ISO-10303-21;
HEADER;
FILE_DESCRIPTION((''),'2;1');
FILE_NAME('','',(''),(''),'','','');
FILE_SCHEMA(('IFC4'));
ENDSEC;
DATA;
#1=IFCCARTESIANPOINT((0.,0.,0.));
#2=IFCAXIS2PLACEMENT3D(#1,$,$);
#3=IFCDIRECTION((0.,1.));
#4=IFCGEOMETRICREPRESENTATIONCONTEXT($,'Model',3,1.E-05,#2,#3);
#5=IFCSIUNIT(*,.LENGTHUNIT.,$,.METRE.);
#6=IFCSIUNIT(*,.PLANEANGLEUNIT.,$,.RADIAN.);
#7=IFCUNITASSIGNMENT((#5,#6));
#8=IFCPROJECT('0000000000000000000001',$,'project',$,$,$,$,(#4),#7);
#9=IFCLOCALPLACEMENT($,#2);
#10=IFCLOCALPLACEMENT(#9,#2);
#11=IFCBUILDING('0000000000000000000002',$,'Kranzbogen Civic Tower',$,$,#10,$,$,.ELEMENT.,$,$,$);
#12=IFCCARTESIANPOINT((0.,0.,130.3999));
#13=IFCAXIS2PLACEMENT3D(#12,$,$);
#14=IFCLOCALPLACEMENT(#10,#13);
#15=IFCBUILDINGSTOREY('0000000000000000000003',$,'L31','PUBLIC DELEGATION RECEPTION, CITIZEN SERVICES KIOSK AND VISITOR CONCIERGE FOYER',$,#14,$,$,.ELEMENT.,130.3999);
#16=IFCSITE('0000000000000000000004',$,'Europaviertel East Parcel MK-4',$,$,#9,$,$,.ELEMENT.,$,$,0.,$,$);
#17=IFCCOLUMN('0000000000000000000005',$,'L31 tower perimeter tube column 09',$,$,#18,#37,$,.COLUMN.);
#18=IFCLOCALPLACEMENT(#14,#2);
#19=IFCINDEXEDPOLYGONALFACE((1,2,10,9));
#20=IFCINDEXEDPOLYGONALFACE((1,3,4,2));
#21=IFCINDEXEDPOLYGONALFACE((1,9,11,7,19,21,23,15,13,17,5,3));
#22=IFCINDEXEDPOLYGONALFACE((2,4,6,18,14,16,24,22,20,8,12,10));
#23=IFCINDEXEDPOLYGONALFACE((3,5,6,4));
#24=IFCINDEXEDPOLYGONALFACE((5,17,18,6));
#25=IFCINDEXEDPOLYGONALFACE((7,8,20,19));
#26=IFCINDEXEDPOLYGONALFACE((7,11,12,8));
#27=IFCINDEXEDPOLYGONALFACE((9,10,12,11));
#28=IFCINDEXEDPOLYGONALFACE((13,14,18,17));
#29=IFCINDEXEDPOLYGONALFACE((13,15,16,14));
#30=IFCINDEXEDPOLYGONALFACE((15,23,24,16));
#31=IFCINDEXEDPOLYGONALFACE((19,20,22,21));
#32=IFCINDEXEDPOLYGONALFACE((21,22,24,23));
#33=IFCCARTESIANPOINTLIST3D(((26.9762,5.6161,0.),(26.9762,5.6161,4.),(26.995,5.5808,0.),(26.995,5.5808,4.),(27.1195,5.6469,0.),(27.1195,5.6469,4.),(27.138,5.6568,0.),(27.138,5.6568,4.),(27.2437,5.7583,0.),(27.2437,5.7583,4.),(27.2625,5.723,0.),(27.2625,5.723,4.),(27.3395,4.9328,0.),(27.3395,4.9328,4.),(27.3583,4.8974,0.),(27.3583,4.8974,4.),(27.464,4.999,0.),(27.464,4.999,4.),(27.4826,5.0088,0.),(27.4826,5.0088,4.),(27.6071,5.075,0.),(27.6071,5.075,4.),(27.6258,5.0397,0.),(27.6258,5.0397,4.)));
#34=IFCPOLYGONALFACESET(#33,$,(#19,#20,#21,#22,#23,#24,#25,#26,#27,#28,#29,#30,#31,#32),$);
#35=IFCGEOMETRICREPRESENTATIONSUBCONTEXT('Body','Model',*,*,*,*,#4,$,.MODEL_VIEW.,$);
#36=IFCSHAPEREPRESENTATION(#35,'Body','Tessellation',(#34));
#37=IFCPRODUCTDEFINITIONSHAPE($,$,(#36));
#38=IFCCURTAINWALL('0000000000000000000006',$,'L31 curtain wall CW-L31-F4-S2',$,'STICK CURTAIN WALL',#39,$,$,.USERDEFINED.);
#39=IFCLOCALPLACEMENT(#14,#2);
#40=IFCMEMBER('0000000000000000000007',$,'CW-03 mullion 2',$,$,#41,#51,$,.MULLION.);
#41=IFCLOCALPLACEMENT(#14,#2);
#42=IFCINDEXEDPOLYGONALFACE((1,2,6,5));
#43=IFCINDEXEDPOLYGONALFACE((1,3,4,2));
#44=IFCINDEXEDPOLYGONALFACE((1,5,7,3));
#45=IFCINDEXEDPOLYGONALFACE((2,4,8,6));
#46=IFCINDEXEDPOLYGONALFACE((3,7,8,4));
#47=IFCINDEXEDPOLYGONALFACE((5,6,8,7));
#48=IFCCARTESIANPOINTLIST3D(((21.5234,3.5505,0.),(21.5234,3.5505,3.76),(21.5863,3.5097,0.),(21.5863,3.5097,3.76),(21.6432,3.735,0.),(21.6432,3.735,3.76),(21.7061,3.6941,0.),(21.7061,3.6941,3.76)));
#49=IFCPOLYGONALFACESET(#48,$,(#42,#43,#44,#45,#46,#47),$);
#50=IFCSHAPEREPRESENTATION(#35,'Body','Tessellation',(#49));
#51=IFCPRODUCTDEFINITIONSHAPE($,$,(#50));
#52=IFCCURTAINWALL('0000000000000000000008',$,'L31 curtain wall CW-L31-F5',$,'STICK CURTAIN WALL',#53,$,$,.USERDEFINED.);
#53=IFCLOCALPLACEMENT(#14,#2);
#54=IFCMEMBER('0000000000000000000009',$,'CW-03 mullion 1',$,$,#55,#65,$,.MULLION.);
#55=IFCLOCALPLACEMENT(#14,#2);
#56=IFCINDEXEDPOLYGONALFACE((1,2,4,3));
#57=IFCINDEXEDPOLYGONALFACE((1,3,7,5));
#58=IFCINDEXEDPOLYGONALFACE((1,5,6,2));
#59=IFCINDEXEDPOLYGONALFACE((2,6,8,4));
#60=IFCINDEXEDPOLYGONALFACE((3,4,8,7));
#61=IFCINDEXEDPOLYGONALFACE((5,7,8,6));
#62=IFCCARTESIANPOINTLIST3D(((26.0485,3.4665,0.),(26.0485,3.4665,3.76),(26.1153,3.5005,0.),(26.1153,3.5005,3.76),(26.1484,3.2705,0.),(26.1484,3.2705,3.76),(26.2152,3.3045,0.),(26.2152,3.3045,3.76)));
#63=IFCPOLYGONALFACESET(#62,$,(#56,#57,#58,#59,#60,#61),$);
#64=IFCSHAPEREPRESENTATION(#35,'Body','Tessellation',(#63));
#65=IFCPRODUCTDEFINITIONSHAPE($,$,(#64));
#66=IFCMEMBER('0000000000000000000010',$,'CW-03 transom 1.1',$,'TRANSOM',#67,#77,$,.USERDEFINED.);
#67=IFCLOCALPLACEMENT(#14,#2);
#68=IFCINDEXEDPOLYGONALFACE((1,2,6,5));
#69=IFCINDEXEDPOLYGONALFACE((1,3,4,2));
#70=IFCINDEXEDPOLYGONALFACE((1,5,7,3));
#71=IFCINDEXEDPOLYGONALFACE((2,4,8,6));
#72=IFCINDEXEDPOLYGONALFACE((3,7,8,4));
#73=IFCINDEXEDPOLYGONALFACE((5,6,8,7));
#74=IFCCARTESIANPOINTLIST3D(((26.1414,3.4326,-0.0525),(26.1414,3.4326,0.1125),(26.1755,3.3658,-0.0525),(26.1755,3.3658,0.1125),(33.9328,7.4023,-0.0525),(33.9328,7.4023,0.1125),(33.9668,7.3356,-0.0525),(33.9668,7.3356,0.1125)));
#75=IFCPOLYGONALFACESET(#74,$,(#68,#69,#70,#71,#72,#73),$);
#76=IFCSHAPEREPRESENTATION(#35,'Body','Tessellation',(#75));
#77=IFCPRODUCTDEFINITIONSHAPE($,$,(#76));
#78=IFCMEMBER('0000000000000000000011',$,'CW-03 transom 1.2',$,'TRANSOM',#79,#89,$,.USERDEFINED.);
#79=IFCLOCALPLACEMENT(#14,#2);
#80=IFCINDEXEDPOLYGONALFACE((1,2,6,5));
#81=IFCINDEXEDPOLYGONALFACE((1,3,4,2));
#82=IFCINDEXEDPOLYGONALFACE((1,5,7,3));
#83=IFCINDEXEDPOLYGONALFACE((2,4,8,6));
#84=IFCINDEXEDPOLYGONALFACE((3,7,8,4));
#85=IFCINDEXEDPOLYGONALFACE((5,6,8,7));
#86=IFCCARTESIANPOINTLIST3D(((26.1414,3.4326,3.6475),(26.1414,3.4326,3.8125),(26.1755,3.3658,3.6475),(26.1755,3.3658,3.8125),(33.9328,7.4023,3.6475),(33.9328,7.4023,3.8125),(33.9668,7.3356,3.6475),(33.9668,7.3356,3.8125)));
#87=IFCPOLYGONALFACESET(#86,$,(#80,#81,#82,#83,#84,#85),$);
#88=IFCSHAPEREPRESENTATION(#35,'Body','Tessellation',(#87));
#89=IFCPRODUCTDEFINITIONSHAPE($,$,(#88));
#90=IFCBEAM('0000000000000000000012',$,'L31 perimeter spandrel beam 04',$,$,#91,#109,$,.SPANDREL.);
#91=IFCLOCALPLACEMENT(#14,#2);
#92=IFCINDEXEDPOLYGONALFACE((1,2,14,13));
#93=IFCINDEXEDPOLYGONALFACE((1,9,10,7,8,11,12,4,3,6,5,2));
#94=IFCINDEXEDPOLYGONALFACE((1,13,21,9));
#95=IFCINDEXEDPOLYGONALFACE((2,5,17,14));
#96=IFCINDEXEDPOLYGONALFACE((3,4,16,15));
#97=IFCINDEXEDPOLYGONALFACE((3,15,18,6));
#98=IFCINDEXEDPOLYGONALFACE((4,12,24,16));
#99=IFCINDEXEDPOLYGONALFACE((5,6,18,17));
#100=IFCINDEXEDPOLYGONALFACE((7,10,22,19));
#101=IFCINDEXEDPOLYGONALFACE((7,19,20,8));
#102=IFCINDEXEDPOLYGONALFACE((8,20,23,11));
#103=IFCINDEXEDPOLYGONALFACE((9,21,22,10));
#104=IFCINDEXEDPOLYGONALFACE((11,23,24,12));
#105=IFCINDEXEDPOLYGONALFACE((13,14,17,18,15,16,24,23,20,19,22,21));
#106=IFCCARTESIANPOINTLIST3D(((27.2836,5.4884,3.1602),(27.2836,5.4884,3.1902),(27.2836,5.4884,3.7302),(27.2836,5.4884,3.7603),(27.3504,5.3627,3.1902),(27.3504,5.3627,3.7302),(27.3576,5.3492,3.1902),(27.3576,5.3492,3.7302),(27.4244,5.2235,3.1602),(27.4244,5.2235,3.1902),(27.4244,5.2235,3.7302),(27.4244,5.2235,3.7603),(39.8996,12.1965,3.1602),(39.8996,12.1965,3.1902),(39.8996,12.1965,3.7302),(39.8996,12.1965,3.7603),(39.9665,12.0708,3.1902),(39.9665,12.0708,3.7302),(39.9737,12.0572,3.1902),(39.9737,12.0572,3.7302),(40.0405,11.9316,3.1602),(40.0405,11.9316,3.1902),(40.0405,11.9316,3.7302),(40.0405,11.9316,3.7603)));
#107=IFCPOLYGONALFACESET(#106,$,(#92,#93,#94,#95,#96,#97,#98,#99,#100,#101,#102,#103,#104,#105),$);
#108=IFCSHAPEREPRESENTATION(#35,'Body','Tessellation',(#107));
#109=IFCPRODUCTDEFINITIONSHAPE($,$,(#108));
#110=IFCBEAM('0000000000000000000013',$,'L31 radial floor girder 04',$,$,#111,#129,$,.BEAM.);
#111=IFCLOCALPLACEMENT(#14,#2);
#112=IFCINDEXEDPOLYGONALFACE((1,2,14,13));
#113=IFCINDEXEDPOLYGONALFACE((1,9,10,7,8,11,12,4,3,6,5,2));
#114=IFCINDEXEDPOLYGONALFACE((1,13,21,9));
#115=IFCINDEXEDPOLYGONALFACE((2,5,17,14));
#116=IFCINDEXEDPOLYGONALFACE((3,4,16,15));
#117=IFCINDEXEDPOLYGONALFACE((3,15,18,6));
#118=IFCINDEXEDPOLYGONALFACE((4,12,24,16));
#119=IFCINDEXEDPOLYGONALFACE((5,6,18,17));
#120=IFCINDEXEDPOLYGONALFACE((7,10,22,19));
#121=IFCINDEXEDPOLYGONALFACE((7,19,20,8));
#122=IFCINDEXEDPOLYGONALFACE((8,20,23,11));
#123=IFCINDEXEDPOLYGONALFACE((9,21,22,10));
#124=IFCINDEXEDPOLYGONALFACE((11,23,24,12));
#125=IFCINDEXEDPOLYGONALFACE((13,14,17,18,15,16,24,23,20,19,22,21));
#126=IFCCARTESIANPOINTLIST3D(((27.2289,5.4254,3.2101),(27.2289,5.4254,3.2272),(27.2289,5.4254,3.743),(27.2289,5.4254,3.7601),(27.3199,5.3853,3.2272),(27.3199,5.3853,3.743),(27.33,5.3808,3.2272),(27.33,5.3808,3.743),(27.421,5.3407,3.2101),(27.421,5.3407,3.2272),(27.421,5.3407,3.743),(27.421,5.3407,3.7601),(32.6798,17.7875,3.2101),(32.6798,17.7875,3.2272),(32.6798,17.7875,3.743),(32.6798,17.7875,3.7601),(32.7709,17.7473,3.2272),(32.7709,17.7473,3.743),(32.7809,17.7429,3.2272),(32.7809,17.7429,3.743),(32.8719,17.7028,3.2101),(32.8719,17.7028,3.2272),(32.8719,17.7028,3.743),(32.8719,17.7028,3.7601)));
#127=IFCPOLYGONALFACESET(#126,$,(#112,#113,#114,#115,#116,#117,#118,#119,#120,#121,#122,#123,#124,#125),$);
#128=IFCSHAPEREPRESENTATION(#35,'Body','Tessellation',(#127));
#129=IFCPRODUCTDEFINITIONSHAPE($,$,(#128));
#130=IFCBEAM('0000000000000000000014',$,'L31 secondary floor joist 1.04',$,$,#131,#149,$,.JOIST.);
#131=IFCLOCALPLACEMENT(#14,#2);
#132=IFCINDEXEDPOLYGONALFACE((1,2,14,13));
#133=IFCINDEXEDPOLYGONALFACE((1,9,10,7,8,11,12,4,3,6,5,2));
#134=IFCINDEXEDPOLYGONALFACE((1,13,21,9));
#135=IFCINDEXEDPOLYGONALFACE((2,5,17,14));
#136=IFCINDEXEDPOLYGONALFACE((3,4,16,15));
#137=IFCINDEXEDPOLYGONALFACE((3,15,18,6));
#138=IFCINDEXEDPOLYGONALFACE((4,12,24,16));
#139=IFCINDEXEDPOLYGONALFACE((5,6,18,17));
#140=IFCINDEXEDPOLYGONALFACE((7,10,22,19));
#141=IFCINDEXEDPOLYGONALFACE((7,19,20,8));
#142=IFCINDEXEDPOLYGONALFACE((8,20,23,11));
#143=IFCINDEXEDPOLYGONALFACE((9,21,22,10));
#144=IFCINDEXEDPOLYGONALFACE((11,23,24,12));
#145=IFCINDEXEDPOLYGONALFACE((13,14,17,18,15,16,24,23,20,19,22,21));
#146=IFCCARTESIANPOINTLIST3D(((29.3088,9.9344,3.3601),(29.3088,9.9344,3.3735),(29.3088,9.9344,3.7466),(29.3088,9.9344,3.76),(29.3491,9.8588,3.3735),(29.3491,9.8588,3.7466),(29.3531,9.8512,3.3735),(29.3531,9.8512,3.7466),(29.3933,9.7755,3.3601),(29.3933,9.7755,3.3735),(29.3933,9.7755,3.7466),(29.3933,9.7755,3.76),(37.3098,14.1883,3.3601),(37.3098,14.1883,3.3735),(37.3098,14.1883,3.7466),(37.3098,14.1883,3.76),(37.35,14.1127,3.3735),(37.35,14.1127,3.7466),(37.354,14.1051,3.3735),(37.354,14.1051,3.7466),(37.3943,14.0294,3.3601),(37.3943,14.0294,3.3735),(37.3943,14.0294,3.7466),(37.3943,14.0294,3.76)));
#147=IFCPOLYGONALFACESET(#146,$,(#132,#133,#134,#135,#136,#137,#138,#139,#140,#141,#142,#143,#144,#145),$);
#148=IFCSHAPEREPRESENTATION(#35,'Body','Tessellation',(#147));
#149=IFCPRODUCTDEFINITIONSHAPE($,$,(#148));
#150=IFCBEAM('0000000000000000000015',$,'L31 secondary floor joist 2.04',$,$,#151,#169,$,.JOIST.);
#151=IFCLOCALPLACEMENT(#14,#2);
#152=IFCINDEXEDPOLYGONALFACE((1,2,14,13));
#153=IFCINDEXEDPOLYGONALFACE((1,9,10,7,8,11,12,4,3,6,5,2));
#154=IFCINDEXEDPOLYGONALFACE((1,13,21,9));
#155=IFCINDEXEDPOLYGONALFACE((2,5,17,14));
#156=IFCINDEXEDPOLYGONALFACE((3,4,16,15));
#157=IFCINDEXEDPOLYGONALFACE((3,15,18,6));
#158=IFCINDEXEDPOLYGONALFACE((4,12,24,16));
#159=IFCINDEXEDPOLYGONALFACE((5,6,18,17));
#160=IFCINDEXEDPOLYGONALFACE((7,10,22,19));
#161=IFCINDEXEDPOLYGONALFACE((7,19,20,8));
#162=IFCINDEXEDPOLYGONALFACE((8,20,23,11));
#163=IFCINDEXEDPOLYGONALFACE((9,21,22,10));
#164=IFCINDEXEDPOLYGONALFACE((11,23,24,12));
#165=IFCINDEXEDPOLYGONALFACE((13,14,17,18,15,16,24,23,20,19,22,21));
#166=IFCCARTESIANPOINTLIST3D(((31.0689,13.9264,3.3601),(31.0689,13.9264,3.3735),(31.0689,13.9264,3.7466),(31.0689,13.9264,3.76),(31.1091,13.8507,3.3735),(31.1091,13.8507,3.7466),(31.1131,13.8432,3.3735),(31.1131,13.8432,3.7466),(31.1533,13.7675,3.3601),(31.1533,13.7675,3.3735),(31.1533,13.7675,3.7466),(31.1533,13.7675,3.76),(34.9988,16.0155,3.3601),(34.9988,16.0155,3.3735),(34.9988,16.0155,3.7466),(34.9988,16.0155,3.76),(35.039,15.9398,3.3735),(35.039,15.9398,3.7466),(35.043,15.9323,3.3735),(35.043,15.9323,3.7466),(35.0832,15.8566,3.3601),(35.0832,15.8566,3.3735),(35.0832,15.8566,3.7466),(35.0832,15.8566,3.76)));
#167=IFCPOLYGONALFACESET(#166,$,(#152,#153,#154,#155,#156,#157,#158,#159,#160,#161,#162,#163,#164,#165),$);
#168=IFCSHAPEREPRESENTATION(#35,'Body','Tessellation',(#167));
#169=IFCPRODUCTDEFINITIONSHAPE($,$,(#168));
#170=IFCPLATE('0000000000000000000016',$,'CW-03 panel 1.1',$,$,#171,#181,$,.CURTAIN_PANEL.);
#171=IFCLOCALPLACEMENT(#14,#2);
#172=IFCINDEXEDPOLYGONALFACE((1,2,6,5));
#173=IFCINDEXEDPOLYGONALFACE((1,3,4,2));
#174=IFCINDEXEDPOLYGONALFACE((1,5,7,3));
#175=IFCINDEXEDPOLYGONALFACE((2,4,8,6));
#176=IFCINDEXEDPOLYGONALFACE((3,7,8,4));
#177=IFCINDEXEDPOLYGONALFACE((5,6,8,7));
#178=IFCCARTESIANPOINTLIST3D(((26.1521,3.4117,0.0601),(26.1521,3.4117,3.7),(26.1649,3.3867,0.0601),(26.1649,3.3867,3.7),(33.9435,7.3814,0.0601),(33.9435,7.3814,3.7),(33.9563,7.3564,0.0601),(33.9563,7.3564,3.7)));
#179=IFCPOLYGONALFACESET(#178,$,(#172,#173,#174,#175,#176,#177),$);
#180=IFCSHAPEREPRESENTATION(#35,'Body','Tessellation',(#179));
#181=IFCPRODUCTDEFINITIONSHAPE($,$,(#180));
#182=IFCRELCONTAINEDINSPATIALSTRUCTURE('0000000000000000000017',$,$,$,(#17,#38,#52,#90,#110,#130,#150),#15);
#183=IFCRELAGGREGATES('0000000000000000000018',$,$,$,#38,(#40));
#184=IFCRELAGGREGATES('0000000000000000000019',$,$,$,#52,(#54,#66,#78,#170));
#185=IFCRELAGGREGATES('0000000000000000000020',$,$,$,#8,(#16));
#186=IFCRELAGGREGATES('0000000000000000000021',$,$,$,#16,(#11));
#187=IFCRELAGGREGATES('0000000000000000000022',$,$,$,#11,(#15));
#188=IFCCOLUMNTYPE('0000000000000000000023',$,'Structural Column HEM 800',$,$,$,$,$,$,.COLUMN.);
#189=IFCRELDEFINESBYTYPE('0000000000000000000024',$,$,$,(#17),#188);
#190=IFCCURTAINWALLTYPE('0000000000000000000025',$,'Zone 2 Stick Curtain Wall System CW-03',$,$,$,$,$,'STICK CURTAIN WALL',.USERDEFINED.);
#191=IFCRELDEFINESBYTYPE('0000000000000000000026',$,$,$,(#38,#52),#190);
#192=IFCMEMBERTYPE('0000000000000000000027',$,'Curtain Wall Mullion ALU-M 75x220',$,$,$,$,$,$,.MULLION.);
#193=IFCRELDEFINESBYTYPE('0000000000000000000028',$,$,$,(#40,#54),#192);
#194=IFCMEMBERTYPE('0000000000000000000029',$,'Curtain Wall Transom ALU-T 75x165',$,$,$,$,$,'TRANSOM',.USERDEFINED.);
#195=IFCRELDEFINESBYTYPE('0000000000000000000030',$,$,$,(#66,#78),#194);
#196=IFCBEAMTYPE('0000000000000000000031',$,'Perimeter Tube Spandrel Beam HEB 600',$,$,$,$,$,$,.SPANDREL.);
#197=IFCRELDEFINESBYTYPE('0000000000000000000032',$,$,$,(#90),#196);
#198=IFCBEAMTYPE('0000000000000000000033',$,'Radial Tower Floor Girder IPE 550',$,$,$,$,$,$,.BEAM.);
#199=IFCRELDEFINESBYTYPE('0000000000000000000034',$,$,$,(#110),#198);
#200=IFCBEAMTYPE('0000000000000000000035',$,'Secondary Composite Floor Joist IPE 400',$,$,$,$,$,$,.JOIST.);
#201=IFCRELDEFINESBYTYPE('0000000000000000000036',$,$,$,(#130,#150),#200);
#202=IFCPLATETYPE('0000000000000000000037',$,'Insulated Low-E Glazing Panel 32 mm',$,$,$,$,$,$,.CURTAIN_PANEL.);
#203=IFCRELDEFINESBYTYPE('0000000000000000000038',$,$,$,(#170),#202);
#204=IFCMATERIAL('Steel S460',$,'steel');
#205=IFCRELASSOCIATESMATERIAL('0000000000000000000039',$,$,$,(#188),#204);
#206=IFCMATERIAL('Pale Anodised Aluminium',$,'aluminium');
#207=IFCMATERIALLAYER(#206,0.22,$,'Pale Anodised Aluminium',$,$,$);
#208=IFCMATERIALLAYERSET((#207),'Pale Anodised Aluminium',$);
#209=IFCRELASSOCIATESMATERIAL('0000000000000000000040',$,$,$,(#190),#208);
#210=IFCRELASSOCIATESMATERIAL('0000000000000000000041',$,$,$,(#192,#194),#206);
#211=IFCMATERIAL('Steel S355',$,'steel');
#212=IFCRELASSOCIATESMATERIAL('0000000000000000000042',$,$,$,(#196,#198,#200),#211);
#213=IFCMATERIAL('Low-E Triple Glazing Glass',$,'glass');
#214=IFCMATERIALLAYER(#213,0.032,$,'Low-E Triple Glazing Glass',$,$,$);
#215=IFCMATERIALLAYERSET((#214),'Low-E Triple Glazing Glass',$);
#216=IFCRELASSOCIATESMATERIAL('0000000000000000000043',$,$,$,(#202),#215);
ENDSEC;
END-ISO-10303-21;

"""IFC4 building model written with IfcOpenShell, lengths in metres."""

from ifc_helpers import new_model, si_unit, direction, frame, origin, origin_2d, place, context, subcontext, project, spatial, rectangle, i_section, extrude, material, layer, layer_set, material_profile, profile_set, type_object, element, aggregate, save


model = new_model("IFC4")

# Units and contexts
model_context = context("Model", 3, precision=1e-05, world=origin(), true_north=direction((0.0, 1.0)))
body_context = subcontext(model_context, "Body", "Model", "MODEL_VIEW")
ifc_project = project(units=[si_unit("LENGTHUNIT", "METRE"), si_unit("PLANEANGLEUNIT", "RADIAN")], contexts=[model_context])

# Site, building, storey
site_placement = place(None, origin())
site = spatial("IfcSite", under=ifc_project, at=site_placement, Name="Europaviertel East Parcel MK-4", CompositionType="ELEMENT", RefElevation=0.0)
building_placement = place(site_placement, origin())
building = spatial("IfcBuilding", under=site, at=building_placement, Name="Kranzbogen Civic Tower", CompositionType="ELEMENT")
storey_placement = place(building_placement, frame((0.0, 0.0, 130.3999)))
storey = spatial("IfcBuildingStorey", under=building, at=storey_placement, Name="L31", Description="PUBLIC DELEGATION RECEPTION, CITIZEN SERVICES KIOSK AND VISITOR CONCIERGE FOYER", CompositionType="ELEMENT", Elevation=130.3999)

# Column
ifc_material_1 = material(Name="Steel S460", Category="steel")
ifc_material_profile_1 = material_profile(ifc_material_1, i_section(OverallWidth=0.303, OverallDepth=0.814, WebThickness=0.021, FlangeThickness=0.04, at=origin_2d()), Name="HEM 800")
ifc_profile_set_1 = profile_set([ifc_material_profile_1], Name="Steel S460")
column_type = type_object("IfcColumnType", Name="Structural Column HEM 800", PredefinedType="COLUMN", material=ifc_profile_set_1)
column_placement = place(storey_placement, frame((27.301, 5.3279, 0.0), z_axis=(0.0, 0.0, 1.0), x_axis=(0.882948, 0.469472, 0.0)))
element("IfcColumn", 1, at=column_placement, inside=storey, type_object=column_type, Name="L31 tower perimeter tube column 09", PredefinedType="COLUMN", context=body_context, shape_type="SweptSolid", body=[
    extrude(i_section(OverallWidth=0.303, OverallDepth=0.814, WebThickness=0.021, FlangeThickness=0.04, at=origin_2d()), origin(), (0.0, 0.0, 1.0), 4.0),
])

# Curtain wall, member
ifc_material_2 = material(Name="Pale Anodised Aluminium", Category="aluminium")
ifc_layer_1 = layer(ifc_material_2, 0.22, Name="Pale Anodised Aluminium")
ifc_layer_set_1 = layer_set([ifc_layer_1], Name="Pale Anodised Aluminium")
curtain_wall_type = type_object("IfcCurtainWallType", Name="Zone 2 Stick Curtain Wall System CW-03", ElementType="STICK CURTAIN WALL", PredefinedType="USERDEFINED", material=ifc_layer_set_1)
curtain_wall_1_placement = place(storey_placement, origin())
curtain_wall_1 = element("IfcCurtainWall", 2, at=curtain_wall_1_placement, inside=storey, type_object=curtain_wall_type, Name="L31 curtain wall CW-L31-F4-S2", ObjectType="STICK CURTAIN WALL", PredefinedType="USERDEFINED")
ifc_material_profile_2 = material_profile(ifc_material_2, rectangle(XDim=0.075, YDim=0.22, at=origin_2d()), Name="ALU-M 75x220")
ifc_profile_set_2 = profile_set([ifc_material_profile_2], Name="Pale Anodised Aluminium")
member_type_1 = type_object("IfcMemberType", Name="Curtain Wall Mullion ALU-M 75x220", PredefinedType="MULLION", material=ifc_profile_set_2)
member_1_placement = place(storey_placement, frame((21.6147, 3.6223, 0.0), z_axis=(0.0, 0.0, 1.0), x_axis=(0.838641, -0.544684, 0.0)))
member_1 = element("IfcMember", 3, at=member_1_placement, type_object=member_type_1, Name="CW-03 mullion 2", PredefinedType="MULLION", context=body_context, shape_type="SweptSolid", body=[
    extrude(rectangle(XDim=0.075, YDim=0.22, at=origin_2d()), origin(), (0.0, 0.0, 1.0), 3.76),
])
aggregate(curtain_wall_1, [member_1])

# Curtain wall, members
curtain_wall_2_placement = place(storey_placement, origin())
curtain_wall_2 = element("IfcCurtainWall", 4, at=curtain_wall_2_placement, inside=storey, type_object=curtain_wall_type, Name="L31 curtain wall CW-L31-F5", ObjectType="STICK CURTAIN WALL", PredefinedType="USERDEFINED")
member_2_placement = place(storey_placement, frame((26.1318, 3.3855, 0.0), z_axis=(0.0, 0.0, 1.0), x_axis=(0.891017, 0.45397, 0.0)))
member_2 = element("IfcMember", 5, at=member_2_placement, type_object=member_type_1, Name="CW-03 mullion 1", PredefinedType="MULLION", context=body_context, shape_type="SweptSolid", body=[
    extrude(rectangle(XDim=0.075, YDim=0.22, at=origin_2d()), origin(), (0.0, 0.0, 1.0), 3.76),
])
ifc_material_profile_3 = material_profile(ifc_material_2, rectangle(XDim=0.075, YDim=0.165, at=origin_2d()), Name="ALU-T 75x165")
ifc_profile_set_3 = profile_set([ifc_material_profile_3], Name="Pale Anodised Aluminium")
member_type_2 = type_object("IfcMemberType", Name="Curtain Wall Transom ALU-T 75x165", ElementType="TRANSOM", PredefinedType="USERDEFINED", material=ifc_profile_set_3)
member_3_placement = place(storey_placement, frame((26.1584, 3.3992, 0.03), z_axis=(0.891012, 0.45398, 0.0), x_axis=(-0.45398, 0.891012, 0.0)))
member_3 = element("IfcMember", 6, at=member_3_placement, type_object=member_type_2, Name="CW-03 transom 1.1", ObjectType="TRANSOM", PredefinedType="USERDEFINED", context=body_context, shape_type="SweptSolid", body=[
    extrude(rectangle(XDim=0.075, YDim=0.165, at=origin_2d()), origin(), (0.0, 0.0, 1.0), 8.7444),
])
member_4_placement = place(storey_placement, frame((26.1584, 3.3992, 3.73), z_axis=(0.891012, 0.45398, 0.0), x_axis=(-0.45398, 0.891012, 0.0)))
member_4 = element("IfcMember", 7, at=member_4_placement, type_object=member_type_2, Name="CW-03 transom 1.2", ObjectType="TRANSOM", PredefinedType="USERDEFINED", context=body_context, shape_type="SweptSolid", body=[
    extrude(rectangle(XDim=0.075, YDim=0.165, at=origin_2d()), origin(), (0.0, 0.0, 1.0), 8.7444),
])

# Beams
ifc_material_3 = material(Name="Steel S355", Category="steel")
ifc_material_profile_4 = material_profile(ifc_material_3, i_section(OverallWidth=0.3, OverallDepth=0.6001, WebThickness=0.0154, FlangeThickness=0.03, at=origin_2d()), Name="HEB 600")
ifc_profile_set_4 = profile_set([ifc_material_profile_4], Name="Steel S355")
beam_type_1 = type_object("IfcBeamType", Name="Perimeter Tube Spandrel Beam HEB 600", PredefinedType="SPANDREL", material=ifc_profile_set_4)
beam_1_placement = place(storey_placement, frame((27.354, 5.356, 3.4602), z_axis=(0.882948, 0.46947, 0.0), x_axis=(-0.46947, 0.882948, 0.0)))
element("IfcBeam", 8, at=beam_1_placement, inside=storey, type_object=beam_type_1, Name="L31 perimeter spandrel beam 04", PredefinedType="SPANDREL", context=body_context, shape_type="SweptSolid", body=[
    extrude(i_section(OverallWidth=0.3, OverallDepth=0.6001, WebThickness=0.0154, FlangeThickness=0.03, at=origin_2d()), origin(), (0.0, 0.0, 1.0), 14.2886),
])
ifc_material_profile_5 = material_profile(ifc_material_3, i_section(OverallWidth=0.21, OverallDepth=0.55, WebThickness=0.011, FlangeThickness=0.0171, at=origin_2d()), Name="IPE 550")
ifc_profile_set_5 = profile_set([ifc_material_profile_5], Name="Steel S355")
beam_type_2 = type_object("IfcBeamType", Name="Radial Tower Floor Girder IPE 550", PredefinedType="BEAM", material=ifc_profile_set_5)
beam_2_placement = place(storey_placement, frame((27.325, 5.3831, 3.4851), z_axis=(0.403459, 0.914998, 0.0), x_axis=(-0.914998, 0.403459, 0.0)))
element("IfcBeam", 9, at=beam_2_placement, inside=storey, type_object=beam_type_2, Name="L31 radial floor girder 04", PredefinedType="BEAM", context=body_context, shape_type="SweptSolid", body=[
    extrude(i_section(OverallWidth=0.21, OverallDepth=0.55, WebThickness=0.011, FlangeThickness=0.0171, at=origin_2d()), origin(), (0.0, 0.0, 1.0), 13.5105),
])
ifc_material_profile_6 = material_profile(ifc_material_3, i_section(OverallWidth=0.1799, OverallDepth=0.3999, WebThickness=0.0085, FlangeThickness=0.0134, at=origin_2d()), Name="IPE 400")
ifc_profile_set_6 = profile_set([ifc_material_profile_6], Name="Steel S355")
beam_type_3 = type_object("IfcBeamType", Name="Secondary Composite Floor Joist IPE 400", PredefinedType="JOIST", material=ifc_profile_set_6)
beam_3_placement = place(storey_placement, frame((29.3511, 9.855, 3.5601), z_axis=(0.882961, 0.469447, 0.0), x_axis=(-0.469447, 0.882961, 0.0)))
element("IfcBeam", 10, at=beam_3_placement, inside=storey, type_object=beam_type_3, Name="L31 secondary floor joist 1.04", PredefinedType="JOIST", context=body_context, shape_type="SweptSolid", body=[
    extrude(i_section(OverallWidth=0.1799, OverallDepth=0.3999, WebThickness=0.0085, FlangeThickness=0.0134, at=origin_2d()), origin(), (0.0, 0.0, 1.0), 9.0615),
])
beam_4_placement = place(storey_placement, frame((31.1111, 13.8469, 3.5601), z_axis=(0.882991, 0.469389, 0.0), x_axis=(-0.469389, 0.882991, 0.0)))
element("IfcBeam", 11, at=beam_4_placement, inside=storey, type_object=beam_type_3, Name="L31 secondary floor joist 2.04", PredefinedType="JOIST", context=body_context, shape_type="SweptSolid", body=[
    extrude(i_section(OverallWidth=0.1799, OverallDepth=0.3999, WebThickness=0.0085, FlangeThickness=0.0134, at=origin_2d()), origin(), (0.0, 0.0, 1.0), 4.4507),
])

# Plate
ifc_material_4 = material(Name="Low-E Triple Glazing Glass", Category="glass")
ifc_layer_2 = layer(ifc_material_4, 0.032, Name="Low-E Triple Glazing Glass")
ifc_layer_set_2 = layer_set([ifc_layer_2], Name="Low-E Triple Glazing Glass")
plate_type = type_object("IfcPlateType", Name="Insulated Low-E Glazing Panel 32 mm", PredefinedType="CURTAIN_PANEL", material=ifc_layer_set_2)
plate_placement = place(storey_placement, frame((30.0542, 5.384, 0.0601), z_axis=(0.0, 0.0, 1.0), x_axis=(0.891017, 0.45397, 0.0)))
plate = element("IfcPlate", 12, at=plate_placement, type_object=plate_type, Name="CW-03 panel 1.1", PredefinedType="CURTAIN_PANEL", context=body_context, shape_type="SweptSolid", body=[
    extrude(rectangle(XDim=8.7444, YDim=0.0281, at=origin_2d()), origin(), (0.0, 0.0, 1.0), 3.6399),
])
aggregate(curtain_wall_2, [member_2, member_3, member_4, plate])

save(model, "model.ifc")
